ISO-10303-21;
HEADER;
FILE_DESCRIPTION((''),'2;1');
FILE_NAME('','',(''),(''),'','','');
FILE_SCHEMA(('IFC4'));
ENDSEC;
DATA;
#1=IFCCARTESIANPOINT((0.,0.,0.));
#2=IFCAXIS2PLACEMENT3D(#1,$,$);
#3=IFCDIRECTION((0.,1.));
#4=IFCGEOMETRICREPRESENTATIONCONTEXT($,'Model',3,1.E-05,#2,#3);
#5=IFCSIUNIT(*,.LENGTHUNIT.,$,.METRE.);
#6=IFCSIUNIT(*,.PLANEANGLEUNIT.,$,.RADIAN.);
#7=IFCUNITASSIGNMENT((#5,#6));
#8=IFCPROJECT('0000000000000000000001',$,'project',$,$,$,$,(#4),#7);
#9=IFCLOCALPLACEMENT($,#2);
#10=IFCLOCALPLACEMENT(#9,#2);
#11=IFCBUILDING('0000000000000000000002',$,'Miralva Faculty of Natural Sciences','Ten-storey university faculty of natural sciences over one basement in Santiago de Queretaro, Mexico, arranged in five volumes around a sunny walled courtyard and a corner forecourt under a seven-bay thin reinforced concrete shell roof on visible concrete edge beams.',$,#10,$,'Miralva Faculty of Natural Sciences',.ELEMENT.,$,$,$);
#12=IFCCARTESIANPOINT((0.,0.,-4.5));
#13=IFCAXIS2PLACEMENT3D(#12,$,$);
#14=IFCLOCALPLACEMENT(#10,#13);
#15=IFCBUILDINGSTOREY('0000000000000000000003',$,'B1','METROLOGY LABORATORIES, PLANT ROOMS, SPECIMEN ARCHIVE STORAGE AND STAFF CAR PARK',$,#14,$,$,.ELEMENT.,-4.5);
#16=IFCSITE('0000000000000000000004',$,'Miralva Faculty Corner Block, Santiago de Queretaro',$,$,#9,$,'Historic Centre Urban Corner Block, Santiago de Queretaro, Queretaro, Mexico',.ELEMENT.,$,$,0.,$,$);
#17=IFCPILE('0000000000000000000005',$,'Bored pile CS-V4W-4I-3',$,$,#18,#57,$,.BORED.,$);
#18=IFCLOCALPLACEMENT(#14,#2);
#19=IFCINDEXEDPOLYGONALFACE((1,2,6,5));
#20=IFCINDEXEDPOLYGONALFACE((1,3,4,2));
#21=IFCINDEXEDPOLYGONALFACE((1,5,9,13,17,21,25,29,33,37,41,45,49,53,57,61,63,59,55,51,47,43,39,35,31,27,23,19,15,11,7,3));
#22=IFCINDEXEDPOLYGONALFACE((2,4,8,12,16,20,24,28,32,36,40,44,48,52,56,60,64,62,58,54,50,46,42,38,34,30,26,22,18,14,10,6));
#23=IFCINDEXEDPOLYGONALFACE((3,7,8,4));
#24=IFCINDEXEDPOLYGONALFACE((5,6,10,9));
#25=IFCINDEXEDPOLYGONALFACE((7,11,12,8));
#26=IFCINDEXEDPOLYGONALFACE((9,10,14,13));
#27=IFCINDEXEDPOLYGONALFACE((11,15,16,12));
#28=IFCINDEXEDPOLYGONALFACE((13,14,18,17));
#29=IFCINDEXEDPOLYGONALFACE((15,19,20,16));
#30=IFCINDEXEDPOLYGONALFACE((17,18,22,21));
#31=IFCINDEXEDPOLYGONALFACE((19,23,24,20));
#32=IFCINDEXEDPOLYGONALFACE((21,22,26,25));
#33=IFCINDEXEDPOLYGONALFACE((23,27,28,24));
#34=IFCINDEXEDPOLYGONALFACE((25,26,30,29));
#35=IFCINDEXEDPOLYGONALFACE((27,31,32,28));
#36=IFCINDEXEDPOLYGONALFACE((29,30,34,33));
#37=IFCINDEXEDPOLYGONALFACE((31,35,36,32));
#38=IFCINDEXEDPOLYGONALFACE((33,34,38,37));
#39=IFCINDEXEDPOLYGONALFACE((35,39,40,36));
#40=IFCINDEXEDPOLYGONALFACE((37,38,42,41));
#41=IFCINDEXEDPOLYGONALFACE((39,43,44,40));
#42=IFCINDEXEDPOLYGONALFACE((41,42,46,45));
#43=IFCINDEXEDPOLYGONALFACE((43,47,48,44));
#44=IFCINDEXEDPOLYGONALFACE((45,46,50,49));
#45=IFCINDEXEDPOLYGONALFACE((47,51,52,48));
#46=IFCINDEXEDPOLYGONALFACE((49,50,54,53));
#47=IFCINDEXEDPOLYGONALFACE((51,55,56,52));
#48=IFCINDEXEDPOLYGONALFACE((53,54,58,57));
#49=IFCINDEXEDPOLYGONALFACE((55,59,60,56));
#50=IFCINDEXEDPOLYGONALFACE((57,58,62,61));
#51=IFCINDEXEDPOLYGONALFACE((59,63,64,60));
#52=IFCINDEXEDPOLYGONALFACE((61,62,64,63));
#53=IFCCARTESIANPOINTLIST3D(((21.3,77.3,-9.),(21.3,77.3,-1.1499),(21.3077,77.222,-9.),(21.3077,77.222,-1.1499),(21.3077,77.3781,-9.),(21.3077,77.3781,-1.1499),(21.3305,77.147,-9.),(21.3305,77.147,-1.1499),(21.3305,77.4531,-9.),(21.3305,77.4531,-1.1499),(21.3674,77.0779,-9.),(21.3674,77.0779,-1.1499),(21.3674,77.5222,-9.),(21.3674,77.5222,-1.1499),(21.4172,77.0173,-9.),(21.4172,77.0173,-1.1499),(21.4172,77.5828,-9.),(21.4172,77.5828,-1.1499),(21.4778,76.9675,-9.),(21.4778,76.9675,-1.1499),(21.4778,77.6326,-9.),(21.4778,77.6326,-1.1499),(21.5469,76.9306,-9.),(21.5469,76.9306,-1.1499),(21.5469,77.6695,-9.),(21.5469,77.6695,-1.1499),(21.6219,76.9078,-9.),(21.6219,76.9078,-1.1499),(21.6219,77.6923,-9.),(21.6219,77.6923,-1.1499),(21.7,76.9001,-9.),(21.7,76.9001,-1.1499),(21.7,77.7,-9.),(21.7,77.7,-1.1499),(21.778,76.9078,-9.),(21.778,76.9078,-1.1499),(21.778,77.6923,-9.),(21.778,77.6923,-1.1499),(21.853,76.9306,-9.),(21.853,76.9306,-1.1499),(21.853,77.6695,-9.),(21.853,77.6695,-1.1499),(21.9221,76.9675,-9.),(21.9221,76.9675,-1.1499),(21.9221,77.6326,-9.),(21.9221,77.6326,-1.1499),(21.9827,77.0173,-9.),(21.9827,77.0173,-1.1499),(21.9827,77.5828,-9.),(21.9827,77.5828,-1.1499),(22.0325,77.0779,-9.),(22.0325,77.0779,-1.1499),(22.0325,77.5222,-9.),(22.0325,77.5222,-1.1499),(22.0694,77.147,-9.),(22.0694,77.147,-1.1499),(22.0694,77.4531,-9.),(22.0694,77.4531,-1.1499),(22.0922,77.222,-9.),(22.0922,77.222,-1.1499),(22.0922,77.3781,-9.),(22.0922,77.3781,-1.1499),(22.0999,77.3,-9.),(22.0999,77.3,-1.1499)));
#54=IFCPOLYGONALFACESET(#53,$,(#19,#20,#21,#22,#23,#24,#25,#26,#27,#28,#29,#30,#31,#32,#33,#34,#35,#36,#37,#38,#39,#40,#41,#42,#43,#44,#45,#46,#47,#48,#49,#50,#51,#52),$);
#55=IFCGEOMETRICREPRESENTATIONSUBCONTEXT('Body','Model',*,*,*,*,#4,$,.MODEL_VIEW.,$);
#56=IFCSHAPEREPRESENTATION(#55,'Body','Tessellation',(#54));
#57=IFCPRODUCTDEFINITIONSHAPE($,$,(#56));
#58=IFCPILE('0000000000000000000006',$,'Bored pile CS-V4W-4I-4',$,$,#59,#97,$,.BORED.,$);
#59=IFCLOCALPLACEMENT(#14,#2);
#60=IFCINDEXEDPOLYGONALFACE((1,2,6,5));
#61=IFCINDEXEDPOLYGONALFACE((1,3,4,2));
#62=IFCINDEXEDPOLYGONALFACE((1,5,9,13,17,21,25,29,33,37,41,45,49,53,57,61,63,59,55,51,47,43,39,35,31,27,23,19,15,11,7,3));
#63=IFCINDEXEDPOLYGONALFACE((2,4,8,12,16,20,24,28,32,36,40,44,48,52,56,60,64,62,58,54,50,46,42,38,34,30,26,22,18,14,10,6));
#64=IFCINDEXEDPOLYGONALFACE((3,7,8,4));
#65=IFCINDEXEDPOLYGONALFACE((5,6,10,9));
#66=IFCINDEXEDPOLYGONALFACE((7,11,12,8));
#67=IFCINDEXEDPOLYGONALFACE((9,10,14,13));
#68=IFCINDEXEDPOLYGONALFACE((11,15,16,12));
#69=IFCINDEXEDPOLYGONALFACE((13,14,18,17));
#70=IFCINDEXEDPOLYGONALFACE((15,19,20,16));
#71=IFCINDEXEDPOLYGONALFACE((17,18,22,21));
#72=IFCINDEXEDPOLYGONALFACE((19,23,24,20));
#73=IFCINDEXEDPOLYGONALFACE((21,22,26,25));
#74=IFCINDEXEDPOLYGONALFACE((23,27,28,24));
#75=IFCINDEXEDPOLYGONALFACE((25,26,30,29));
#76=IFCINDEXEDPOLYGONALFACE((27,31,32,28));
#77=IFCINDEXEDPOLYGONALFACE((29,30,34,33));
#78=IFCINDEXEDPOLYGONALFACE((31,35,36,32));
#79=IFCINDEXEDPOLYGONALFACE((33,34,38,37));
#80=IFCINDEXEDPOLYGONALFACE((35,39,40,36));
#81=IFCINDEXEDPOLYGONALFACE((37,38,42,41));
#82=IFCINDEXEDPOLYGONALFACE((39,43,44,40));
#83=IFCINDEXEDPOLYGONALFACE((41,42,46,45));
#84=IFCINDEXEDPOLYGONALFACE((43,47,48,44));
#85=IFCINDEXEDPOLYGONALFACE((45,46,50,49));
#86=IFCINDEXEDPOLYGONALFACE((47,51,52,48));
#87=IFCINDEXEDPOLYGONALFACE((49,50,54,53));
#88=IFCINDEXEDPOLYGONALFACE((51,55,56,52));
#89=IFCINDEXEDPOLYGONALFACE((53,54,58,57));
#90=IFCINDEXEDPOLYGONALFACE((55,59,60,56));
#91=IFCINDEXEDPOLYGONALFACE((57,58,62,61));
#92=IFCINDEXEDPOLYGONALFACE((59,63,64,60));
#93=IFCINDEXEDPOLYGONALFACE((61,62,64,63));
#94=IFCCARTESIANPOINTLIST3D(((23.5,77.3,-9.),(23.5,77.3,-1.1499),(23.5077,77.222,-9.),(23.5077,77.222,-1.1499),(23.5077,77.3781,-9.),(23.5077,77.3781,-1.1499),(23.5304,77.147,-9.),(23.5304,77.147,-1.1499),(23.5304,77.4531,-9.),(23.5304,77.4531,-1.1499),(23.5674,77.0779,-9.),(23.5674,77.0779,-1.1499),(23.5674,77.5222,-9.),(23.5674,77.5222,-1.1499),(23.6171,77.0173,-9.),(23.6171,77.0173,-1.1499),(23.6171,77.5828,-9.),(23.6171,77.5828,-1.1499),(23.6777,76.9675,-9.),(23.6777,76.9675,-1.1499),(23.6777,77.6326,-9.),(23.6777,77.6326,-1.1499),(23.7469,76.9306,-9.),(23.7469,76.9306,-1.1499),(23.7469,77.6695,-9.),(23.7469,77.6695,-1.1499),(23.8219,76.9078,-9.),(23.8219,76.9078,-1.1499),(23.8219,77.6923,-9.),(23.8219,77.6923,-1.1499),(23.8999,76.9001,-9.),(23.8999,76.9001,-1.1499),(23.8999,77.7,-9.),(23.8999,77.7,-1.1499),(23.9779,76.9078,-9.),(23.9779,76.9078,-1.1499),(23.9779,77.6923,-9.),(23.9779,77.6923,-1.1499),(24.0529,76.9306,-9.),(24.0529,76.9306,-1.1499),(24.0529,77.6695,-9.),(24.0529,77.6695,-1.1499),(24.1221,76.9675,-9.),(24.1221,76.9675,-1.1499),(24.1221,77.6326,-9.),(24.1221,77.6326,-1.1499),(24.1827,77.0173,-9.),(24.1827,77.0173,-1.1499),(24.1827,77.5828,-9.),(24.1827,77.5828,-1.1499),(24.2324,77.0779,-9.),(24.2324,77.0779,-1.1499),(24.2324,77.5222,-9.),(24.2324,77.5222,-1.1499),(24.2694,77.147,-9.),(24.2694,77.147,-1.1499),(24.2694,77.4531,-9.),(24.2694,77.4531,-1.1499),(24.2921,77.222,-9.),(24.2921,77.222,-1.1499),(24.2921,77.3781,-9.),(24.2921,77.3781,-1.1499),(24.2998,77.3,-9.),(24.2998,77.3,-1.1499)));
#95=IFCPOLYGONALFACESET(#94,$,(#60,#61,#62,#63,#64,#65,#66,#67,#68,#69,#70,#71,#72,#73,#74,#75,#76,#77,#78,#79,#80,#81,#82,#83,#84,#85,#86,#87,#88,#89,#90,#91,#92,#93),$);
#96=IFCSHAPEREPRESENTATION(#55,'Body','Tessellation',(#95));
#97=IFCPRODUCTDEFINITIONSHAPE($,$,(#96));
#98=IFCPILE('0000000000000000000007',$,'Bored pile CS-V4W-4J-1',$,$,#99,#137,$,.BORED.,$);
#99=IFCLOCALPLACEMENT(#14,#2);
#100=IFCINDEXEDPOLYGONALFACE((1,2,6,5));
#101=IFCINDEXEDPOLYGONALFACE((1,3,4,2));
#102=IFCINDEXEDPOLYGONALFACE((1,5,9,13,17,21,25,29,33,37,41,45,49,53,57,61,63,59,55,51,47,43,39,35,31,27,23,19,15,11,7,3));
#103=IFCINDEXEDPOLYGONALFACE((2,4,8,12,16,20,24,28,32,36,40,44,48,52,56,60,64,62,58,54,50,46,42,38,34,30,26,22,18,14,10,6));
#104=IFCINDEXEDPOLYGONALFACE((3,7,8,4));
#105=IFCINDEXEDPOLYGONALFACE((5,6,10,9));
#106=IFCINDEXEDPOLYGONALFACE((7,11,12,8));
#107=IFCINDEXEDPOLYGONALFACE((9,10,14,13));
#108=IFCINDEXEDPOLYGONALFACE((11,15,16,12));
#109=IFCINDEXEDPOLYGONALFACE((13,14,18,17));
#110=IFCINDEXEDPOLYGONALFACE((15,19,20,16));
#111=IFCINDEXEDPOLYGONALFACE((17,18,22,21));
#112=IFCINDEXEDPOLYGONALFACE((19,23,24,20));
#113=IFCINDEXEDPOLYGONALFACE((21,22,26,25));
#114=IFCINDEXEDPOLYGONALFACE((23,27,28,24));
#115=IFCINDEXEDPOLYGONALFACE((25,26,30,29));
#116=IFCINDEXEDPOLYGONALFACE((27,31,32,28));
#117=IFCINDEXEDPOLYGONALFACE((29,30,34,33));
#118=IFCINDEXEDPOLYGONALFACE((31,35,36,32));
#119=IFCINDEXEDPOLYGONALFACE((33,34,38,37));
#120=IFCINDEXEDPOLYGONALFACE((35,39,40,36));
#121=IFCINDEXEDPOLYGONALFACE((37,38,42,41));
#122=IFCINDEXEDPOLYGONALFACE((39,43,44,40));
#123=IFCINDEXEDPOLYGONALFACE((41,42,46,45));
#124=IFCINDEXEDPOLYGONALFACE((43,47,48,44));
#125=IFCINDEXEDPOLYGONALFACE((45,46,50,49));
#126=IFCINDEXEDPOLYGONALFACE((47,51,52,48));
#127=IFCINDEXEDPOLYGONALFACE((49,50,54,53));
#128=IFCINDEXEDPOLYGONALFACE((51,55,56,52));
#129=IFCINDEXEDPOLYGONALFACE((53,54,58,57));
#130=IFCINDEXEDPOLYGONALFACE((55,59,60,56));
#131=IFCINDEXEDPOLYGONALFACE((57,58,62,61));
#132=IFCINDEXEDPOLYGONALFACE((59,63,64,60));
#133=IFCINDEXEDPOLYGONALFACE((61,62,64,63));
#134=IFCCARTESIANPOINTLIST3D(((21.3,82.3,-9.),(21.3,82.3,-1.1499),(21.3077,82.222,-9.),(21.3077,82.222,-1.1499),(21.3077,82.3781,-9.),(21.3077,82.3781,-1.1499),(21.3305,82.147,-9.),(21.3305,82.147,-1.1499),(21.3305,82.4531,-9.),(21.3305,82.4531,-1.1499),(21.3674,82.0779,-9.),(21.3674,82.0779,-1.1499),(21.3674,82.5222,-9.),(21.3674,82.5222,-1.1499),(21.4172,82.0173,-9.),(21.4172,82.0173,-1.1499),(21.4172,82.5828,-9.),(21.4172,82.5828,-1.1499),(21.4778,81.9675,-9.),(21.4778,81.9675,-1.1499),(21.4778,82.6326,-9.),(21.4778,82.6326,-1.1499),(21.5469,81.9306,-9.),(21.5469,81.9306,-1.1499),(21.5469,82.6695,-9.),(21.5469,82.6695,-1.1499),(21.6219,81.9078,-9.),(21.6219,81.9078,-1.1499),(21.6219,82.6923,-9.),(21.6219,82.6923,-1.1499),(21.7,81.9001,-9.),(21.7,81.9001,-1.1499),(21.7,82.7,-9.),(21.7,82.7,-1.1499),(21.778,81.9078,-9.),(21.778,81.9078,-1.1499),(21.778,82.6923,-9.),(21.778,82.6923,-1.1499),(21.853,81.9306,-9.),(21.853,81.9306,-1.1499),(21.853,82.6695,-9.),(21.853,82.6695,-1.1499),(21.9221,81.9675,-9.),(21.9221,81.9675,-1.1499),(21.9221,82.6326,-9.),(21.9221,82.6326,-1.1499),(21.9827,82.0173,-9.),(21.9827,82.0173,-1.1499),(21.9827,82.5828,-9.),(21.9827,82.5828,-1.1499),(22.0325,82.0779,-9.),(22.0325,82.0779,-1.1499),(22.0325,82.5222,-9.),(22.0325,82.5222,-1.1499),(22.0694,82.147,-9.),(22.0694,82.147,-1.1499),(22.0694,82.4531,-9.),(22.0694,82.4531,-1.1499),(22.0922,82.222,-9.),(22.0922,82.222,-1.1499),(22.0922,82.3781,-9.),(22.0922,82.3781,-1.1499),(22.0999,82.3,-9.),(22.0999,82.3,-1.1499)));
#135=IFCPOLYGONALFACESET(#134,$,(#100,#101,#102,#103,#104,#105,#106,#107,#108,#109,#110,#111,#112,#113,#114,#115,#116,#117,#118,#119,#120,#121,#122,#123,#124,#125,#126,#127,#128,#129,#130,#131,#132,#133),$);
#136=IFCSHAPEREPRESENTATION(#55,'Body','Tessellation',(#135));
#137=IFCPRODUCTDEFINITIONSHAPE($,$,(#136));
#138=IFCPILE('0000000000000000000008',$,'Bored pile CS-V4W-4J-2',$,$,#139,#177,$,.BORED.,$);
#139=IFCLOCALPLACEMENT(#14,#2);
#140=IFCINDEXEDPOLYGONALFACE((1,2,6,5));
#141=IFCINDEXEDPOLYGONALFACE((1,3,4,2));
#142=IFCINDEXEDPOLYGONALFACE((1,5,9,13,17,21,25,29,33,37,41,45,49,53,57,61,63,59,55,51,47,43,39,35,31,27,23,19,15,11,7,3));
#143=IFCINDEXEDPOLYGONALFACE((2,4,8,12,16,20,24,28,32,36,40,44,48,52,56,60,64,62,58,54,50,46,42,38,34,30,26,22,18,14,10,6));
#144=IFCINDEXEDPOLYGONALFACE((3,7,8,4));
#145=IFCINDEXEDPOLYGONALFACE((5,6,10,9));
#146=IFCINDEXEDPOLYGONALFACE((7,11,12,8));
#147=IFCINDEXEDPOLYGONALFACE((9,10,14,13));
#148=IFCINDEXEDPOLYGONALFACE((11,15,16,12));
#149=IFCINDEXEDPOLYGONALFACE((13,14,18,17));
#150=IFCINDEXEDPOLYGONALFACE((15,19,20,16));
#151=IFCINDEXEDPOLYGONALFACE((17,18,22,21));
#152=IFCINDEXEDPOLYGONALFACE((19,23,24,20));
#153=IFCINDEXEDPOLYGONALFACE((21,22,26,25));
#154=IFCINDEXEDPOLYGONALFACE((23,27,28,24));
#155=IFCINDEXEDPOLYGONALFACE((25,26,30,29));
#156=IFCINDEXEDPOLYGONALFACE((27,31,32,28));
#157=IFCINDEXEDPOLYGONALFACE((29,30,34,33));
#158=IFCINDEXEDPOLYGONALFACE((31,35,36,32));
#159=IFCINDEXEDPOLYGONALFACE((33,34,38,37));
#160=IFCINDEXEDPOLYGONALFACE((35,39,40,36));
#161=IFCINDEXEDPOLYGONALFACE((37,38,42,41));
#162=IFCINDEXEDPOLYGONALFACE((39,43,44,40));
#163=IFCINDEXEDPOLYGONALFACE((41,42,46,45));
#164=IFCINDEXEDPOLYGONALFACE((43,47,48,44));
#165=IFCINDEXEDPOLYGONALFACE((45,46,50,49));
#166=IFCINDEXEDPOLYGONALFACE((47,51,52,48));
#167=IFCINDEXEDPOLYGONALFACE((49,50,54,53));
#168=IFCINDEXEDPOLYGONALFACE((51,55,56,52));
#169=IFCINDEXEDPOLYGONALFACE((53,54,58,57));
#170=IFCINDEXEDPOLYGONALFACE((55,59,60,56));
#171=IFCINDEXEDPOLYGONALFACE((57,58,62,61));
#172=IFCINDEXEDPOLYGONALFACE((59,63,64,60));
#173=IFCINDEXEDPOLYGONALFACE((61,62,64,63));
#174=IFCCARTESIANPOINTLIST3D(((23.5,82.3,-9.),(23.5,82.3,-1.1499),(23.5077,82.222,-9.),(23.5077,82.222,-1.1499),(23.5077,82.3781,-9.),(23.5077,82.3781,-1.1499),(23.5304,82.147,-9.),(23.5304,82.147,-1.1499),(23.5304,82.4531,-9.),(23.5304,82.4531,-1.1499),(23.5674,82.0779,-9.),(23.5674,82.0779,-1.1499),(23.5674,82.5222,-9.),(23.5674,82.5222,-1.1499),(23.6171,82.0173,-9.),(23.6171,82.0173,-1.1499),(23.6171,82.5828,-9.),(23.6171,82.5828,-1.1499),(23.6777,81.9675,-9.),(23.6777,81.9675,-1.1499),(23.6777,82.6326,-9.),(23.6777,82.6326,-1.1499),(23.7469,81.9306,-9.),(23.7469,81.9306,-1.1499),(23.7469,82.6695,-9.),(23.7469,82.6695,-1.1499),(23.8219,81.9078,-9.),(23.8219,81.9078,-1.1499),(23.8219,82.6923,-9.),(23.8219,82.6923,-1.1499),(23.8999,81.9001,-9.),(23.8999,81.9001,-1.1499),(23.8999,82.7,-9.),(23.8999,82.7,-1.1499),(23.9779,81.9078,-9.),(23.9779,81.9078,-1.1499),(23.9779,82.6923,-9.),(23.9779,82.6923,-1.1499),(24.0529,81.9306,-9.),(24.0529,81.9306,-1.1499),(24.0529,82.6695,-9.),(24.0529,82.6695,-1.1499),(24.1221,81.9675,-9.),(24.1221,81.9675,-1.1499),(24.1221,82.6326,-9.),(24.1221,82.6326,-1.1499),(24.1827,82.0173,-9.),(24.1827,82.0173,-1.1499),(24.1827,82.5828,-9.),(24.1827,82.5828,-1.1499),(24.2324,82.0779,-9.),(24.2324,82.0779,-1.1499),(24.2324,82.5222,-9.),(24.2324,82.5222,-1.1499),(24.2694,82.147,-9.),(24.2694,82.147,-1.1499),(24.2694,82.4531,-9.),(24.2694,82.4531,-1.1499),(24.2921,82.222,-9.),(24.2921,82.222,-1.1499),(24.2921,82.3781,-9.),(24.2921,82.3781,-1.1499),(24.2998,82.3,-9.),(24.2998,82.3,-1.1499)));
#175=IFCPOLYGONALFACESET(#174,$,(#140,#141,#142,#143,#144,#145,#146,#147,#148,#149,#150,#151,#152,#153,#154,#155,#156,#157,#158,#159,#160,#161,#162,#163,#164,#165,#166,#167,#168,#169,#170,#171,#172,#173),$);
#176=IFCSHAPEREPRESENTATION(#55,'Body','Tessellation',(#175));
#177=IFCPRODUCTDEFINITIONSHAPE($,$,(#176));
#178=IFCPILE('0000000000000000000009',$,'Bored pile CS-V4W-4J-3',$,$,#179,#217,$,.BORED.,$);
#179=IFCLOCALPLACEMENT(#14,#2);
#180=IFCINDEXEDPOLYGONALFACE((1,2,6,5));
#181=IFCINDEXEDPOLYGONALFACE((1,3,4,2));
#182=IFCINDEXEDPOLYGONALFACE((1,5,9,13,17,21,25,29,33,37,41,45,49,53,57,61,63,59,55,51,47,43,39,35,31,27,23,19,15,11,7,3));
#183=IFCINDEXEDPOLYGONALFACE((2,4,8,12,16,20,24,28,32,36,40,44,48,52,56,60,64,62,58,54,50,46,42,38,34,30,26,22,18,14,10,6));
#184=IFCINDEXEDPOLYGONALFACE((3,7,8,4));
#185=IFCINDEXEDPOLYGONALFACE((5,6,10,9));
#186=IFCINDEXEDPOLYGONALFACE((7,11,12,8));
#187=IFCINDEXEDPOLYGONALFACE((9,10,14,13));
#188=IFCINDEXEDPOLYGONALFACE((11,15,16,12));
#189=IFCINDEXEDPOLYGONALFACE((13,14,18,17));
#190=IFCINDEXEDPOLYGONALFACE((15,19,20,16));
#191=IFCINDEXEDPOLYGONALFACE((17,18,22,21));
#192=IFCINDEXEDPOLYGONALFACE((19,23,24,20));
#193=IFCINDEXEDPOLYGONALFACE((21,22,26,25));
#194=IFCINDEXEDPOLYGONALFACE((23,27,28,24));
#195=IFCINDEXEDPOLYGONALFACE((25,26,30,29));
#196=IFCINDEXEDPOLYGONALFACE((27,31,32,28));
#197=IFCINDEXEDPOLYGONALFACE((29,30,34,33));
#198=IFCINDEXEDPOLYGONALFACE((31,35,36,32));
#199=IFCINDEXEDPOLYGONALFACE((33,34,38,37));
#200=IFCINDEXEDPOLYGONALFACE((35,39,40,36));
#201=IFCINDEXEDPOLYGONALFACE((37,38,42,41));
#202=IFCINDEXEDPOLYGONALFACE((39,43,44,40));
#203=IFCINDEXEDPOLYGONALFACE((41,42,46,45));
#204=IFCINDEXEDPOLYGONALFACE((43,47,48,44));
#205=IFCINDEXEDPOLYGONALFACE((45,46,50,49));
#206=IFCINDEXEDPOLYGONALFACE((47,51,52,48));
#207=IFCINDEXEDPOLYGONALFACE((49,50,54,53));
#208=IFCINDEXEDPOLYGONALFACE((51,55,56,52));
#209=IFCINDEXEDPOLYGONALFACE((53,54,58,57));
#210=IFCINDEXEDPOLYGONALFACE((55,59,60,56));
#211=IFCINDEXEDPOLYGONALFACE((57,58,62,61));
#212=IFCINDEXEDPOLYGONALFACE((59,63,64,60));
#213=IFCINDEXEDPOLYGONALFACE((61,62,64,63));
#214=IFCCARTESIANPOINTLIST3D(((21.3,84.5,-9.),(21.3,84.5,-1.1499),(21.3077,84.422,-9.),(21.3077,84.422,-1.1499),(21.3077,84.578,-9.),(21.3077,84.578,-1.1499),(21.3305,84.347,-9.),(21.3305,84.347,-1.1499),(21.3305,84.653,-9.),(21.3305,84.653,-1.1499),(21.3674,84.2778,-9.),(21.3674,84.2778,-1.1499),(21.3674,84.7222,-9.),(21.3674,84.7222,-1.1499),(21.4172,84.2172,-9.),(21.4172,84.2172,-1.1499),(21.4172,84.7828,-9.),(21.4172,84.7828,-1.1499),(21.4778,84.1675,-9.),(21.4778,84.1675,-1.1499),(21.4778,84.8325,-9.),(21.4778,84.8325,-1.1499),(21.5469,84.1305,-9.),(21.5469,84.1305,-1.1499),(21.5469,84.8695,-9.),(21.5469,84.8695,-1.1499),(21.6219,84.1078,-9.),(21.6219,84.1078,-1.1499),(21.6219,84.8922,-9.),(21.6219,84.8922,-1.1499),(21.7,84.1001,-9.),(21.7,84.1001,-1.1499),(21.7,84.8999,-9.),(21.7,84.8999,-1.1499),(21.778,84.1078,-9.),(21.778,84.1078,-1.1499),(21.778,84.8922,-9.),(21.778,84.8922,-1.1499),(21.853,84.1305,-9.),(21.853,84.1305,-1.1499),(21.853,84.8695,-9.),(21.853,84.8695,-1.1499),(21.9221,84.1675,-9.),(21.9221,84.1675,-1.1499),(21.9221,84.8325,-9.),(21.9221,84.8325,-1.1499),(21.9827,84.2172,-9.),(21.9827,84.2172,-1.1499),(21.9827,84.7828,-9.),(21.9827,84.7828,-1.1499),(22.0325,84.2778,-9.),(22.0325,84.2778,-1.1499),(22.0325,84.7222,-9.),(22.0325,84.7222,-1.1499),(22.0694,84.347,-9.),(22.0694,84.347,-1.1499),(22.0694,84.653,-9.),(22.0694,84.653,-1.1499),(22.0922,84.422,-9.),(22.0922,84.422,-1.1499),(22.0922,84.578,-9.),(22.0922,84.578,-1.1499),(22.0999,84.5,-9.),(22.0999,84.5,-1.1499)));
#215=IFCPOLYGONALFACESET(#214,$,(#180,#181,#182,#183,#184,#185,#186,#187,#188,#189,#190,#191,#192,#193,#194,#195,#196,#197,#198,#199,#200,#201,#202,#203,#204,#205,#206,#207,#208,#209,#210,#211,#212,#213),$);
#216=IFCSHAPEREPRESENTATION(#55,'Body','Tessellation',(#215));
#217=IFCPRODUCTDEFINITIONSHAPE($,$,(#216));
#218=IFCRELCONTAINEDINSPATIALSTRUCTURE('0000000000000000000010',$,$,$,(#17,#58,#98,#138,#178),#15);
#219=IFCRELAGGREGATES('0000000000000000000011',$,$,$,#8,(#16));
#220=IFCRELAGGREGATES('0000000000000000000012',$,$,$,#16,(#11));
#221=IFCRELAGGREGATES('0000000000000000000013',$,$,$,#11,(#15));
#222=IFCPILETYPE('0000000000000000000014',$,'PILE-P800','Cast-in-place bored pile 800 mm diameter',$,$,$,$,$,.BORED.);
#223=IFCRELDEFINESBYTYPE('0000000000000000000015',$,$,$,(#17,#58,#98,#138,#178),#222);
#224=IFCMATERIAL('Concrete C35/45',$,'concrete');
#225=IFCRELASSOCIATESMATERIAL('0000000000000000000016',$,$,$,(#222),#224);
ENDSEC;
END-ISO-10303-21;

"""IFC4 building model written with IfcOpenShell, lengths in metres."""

from ifc_helpers import new_model, si_unit, direction, frame, origin, origin_2d, place, context, subcontext, project, spatial, circle, extrude, material, material_profile, profile_set, type_object, element, save


model = new_model("IFC4")

# Units and contexts
model_context = context("Model", 3, precision=1e-05, world=origin(), true_north=direction((0.0, 1.0)))
body_context = subcontext(model_context, "Body", "Model", "MODEL_VIEW")
ifc_project = project(units=[si_unit("LENGTHUNIT", "METRE"), si_unit("PLANEANGLEUNIT", "RADIAN")], contexts=[model_context])

# Site, building, storey
site_placement = place(None, origin())
site = spatial("IfcSite", under=ifc_project, at=site_placement, Name="Miralva Faculty Corner Block, Santiago de Queretaro", LongName="Historic Centre Urban Corner Block, Santiago de Queretaro, Queretaro, Mexico", CompositionType="ELEMENT", RefElevation=0.0)
building_placement = place(site_placement, origin())
building = spatial("IfcBuilding", under=site, at=building_placement, Name="Miralva Faculty of Natural Sciences", Description="Ten-storey university faculty of natural sciences over one basement in Santiago de Queretaro, Mexico, arranged in five volumes around a sunny walled courtyard and a corner forecourt under a seven-bay thin reinforced concrete shell roof on visible concrete edge beams.", LongName="Miralva Faculty of Natural Sciences", CompositionType="ELEMENT")
storey_placement = place(building_placement, frame((0.0, 0.0, -4.5)))
storey = spatial("IfcBuildingStorey", under=building, at=storey_placement, Name="B1", Description="METROLOGY LABORATORIES, PLANT ROOMS, SPECIMEN ARCHIVE STORAGE AND STAFF CAR PARK", CompositionType="ELEMENT", Elevation=-4.5)

# Shared definitions
ifc_material_1 = material(Name="Concrete C35/45", Category="concrete")

# Piles
ifc_material_profile_1 = material_profile(ifc_material_1, circle(Radius=0.3999, at=origin_2d()), Name="BORED PILE 800")
ifc_profile_set_1 = profile_set([ifc_material_profile_1], Name="Concrete C35/45")
pile_type = type_object("IfcPileType", Name="PILE-P800", Description="Cast-in-place bored pile 800 mm diameter", PredefinedType="BORED", material=ifc_profile_set_1)
for number, where, z_axis, x_axis, name in (
    (1, (21.7, 77.3, -1.1499), (0.0, 0.0, -1.0), (1.0, 0.0, 0.0), "Bored pile CS-V4W-4I-3"),
    (2, (23.8999, 77.3, -1.1499), (0.0, 0.0, -1.0), (1.0, 0.0, 0.0), "Bored pile CS-V4W-4I-4"),
    (3, (21.7, 82.3, -1.1499), (0.0, 0.0, -1.0), (1.0, 0.0, 0.0), "Bored pile CS-V4W-4J-1"),
    (4, (23.8999, 82.3, -1.1499), (0.0, 0.0, -1.0), (1.0, 0.0, 0.0), "Bored pile CS-V4W-4J-2"),
    (5, (21.7, 84.5, -1.1499), (0.0, 0.0, -1.0), (1.0, 0.0, 0.0), "Bored pile CS-V4W-4J-3"),
):
    element("IfcPile", number, at=place(storey_placement, frame(where, z_axis=z_axis, x_axis=x_axis)), inside=storey, type_object=pile_type, Name=name, PredefinedType="BORED", context=body_context, shape_type="SweptSolid", body=[
        extrude(circle(Radius=0.3999, at=origin_2d()), origin(), (0.0, 0.0, 1.0), 7.8501),
    ])

save(model, "model.ifc")
